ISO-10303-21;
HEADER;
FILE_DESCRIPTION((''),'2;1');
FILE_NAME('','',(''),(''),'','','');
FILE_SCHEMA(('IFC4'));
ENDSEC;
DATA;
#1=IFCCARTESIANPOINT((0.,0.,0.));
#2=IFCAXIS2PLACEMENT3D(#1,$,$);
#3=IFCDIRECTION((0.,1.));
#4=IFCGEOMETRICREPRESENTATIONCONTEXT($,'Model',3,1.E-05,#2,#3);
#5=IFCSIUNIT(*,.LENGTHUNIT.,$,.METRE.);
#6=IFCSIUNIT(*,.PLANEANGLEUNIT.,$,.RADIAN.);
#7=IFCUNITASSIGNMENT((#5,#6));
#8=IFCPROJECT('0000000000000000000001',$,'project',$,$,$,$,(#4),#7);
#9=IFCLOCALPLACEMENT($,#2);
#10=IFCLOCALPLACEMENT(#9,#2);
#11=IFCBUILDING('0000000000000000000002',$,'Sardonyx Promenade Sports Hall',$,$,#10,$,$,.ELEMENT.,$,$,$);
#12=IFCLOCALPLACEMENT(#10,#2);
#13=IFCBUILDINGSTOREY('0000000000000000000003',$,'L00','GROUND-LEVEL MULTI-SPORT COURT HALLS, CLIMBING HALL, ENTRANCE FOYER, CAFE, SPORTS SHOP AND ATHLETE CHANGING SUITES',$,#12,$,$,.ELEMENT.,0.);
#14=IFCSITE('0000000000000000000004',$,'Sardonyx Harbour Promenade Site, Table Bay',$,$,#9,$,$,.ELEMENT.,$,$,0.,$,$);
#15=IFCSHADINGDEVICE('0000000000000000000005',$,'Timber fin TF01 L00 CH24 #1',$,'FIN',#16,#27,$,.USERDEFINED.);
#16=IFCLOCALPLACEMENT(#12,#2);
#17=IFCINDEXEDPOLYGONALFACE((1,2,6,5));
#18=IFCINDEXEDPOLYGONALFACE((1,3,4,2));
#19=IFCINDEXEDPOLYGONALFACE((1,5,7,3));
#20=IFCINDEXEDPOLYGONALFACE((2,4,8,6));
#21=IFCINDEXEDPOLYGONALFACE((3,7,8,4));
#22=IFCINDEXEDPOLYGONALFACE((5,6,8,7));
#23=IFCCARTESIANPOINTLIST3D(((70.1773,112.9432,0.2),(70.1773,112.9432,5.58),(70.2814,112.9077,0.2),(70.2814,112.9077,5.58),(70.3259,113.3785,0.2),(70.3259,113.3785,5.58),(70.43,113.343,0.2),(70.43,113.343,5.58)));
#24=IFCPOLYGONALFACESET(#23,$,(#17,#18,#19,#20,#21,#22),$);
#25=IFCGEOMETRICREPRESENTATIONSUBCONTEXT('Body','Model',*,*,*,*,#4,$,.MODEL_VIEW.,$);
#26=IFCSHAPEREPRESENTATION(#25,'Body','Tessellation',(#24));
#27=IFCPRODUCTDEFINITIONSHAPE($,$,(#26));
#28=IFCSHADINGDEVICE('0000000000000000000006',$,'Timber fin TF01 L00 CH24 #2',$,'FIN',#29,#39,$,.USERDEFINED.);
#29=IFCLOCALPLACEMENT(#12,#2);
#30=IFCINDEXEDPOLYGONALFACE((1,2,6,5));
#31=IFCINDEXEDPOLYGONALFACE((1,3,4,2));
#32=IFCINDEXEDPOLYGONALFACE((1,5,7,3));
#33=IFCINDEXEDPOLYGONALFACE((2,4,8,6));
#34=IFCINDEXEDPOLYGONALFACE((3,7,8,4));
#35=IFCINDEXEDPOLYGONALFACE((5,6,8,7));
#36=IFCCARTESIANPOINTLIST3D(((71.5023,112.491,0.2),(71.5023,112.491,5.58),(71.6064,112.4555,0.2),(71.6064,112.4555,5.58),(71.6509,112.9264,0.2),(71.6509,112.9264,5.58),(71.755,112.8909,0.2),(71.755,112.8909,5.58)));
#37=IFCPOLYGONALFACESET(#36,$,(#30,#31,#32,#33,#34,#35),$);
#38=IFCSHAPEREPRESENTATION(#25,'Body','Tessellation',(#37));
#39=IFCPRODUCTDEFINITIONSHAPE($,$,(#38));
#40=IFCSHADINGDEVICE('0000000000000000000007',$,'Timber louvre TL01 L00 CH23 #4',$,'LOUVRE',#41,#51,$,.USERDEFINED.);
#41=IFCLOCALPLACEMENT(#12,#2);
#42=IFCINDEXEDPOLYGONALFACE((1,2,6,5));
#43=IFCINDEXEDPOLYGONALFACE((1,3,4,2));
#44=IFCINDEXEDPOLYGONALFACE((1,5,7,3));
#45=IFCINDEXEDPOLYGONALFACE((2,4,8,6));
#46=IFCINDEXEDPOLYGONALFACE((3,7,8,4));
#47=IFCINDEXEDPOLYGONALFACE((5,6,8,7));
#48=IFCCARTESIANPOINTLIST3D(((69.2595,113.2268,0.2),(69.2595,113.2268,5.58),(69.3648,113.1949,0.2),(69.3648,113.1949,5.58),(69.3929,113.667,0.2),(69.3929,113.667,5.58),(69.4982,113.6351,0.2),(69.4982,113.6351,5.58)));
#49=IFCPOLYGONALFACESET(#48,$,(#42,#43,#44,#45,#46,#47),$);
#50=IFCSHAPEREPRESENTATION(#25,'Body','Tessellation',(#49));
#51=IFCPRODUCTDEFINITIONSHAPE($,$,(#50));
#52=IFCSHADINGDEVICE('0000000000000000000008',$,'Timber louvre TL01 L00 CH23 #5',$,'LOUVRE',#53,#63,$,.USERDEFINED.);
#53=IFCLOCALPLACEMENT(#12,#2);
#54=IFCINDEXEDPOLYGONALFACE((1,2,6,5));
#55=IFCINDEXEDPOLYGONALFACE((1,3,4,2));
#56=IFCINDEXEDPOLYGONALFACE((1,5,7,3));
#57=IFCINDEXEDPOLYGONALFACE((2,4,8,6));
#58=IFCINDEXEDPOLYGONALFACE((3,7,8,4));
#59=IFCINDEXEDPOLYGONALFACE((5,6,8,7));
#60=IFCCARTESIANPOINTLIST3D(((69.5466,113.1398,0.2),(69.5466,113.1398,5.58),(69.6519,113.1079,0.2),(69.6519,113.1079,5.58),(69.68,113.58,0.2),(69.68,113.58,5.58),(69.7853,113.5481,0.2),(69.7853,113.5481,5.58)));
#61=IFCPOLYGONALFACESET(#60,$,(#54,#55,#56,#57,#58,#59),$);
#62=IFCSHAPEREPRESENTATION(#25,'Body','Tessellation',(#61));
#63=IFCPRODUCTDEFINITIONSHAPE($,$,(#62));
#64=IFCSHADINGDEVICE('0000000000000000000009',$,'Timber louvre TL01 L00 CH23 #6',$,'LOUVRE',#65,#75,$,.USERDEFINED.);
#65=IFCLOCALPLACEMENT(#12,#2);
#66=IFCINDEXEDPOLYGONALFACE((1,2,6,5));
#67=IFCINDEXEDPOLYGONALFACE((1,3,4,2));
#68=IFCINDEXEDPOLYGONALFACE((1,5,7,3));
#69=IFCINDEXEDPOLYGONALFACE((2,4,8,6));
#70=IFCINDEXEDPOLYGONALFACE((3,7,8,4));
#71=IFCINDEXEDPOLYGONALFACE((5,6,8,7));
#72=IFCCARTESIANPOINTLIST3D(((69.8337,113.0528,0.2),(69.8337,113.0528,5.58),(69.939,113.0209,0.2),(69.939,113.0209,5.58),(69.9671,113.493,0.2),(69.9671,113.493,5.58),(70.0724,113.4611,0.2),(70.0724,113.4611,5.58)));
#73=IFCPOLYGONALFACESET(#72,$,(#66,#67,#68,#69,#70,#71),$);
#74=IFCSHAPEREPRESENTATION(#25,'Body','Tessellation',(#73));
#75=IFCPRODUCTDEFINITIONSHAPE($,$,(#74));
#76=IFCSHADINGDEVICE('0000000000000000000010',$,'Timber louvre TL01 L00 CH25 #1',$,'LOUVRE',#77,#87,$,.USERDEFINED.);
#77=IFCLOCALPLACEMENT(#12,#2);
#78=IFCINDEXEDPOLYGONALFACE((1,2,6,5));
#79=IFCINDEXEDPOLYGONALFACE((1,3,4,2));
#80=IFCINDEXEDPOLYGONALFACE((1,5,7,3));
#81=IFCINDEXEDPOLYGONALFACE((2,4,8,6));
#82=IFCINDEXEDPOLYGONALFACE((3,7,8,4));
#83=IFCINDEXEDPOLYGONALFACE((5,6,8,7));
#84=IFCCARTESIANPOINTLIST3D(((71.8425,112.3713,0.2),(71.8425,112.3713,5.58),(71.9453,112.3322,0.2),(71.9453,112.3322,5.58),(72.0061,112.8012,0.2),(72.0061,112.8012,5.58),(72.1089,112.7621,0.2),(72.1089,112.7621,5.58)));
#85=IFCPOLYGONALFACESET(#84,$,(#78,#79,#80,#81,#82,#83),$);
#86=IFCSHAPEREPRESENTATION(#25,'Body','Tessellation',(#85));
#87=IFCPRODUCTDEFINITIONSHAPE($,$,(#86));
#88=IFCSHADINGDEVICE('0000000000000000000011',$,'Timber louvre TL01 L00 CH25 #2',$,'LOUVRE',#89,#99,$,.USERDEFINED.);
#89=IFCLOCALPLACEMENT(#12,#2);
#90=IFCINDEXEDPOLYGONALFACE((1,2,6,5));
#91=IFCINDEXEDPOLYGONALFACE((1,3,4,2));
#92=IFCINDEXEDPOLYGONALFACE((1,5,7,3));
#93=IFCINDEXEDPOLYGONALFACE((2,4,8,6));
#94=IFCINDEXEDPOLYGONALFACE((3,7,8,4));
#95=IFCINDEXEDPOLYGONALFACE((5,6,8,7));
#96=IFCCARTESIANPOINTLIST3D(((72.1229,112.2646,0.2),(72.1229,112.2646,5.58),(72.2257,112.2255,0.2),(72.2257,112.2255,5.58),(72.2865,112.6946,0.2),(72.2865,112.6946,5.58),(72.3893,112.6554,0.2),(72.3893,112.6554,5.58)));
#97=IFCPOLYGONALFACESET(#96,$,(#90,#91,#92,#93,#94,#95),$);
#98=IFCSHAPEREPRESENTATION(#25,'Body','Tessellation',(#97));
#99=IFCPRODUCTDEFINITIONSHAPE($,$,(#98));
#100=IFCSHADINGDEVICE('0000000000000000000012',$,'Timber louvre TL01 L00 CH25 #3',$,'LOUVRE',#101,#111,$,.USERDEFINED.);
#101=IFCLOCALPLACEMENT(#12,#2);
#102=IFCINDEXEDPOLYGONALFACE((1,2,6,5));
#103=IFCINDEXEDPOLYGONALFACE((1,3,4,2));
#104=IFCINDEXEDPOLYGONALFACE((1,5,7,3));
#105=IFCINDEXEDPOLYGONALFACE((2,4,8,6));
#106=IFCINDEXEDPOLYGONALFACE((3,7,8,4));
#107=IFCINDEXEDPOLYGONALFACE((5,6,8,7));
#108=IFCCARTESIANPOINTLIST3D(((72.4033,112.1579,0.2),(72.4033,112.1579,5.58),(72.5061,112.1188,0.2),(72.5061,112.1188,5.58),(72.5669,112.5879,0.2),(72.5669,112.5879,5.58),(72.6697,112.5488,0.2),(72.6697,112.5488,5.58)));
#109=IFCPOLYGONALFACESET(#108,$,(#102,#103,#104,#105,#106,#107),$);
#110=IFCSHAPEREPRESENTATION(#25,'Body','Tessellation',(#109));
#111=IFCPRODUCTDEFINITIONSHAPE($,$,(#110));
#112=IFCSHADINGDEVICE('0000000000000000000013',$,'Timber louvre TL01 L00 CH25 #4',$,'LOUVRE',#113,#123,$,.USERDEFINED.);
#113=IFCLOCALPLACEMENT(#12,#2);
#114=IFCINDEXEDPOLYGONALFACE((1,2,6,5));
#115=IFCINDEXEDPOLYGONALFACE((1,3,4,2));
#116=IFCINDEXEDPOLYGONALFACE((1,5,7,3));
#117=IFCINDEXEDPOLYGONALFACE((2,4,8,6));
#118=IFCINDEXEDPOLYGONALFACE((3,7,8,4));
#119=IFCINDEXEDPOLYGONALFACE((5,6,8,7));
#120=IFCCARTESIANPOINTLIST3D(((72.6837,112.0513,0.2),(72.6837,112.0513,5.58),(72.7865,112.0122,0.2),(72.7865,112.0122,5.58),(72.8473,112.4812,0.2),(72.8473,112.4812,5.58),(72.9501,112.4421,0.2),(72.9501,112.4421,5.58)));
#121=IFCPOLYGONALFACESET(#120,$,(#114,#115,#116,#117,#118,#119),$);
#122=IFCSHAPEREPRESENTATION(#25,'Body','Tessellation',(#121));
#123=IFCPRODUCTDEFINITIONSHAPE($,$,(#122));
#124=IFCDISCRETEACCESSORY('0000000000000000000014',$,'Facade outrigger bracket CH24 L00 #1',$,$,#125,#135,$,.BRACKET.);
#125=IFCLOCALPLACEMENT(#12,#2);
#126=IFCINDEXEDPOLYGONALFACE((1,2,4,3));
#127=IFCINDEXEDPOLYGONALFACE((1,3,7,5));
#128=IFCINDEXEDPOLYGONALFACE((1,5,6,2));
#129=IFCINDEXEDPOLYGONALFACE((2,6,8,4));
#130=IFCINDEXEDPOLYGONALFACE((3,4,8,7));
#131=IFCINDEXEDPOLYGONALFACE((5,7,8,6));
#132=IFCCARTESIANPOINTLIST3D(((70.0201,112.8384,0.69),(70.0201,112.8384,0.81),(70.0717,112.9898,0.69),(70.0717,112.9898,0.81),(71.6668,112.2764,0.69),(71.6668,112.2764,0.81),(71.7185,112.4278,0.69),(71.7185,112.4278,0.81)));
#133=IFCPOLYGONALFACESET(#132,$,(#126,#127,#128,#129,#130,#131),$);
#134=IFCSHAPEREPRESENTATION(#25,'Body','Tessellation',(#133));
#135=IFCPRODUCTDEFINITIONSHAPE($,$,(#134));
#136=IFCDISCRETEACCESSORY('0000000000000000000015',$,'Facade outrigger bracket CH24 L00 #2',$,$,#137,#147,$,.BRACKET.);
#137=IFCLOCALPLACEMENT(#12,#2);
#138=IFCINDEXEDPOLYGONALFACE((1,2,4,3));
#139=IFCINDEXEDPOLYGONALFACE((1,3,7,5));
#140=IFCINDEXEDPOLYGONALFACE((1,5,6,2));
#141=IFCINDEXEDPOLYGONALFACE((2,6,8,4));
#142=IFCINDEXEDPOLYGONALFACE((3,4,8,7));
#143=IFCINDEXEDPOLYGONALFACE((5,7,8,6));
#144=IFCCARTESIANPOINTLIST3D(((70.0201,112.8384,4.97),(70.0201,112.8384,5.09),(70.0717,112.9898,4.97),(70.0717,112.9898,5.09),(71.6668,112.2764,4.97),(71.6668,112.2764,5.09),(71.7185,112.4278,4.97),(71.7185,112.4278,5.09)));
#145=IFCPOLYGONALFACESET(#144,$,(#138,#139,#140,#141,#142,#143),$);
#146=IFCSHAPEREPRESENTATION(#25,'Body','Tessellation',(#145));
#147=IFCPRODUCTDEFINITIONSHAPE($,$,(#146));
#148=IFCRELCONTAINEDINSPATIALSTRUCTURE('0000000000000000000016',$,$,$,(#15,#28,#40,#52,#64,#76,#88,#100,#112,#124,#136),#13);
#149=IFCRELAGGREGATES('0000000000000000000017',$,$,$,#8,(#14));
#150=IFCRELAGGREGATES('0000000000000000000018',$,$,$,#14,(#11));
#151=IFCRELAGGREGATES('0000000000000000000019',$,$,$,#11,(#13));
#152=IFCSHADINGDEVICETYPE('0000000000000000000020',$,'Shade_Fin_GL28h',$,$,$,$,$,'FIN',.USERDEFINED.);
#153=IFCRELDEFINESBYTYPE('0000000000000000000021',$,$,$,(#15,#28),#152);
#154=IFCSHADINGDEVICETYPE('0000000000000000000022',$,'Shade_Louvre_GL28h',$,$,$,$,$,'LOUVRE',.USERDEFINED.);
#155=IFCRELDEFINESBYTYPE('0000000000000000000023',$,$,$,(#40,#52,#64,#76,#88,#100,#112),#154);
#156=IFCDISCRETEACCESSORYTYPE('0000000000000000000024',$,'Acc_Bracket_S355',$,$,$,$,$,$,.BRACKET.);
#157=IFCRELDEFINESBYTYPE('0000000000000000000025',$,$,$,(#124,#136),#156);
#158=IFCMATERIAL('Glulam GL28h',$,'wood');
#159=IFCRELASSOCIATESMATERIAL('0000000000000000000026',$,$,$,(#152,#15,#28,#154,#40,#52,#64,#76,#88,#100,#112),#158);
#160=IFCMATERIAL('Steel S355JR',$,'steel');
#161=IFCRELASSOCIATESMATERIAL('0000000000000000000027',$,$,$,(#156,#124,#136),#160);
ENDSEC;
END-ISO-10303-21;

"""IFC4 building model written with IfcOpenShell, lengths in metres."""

from ifc_helpers import new_model, si_unit, direction, frame, origin, place, context, subcontext, project, spatial, rectangle, extrude, material, type_object, element, save


model = new_model("IFC4")

# Units and contexts
model_context = context("Model", 3, precision=1e-05, world=origin(), true_north=direction((0.0, 1.0)))
body_context = subcontext(model_context, "Body", "Model", "MODEL_VIEW")
ifc_project = project(units=[si_unit("LENGTHUNIT", "METRE"), si_unit("PLANEANGLEUNIT", "RADIAN")], contexts=[model_context])

# Site, building, storey
site_placement = place(None, origin())
site = spatial("IfcSite", under=ifc_project, at=site_placement, Name="Sardonyx Harbour Promenade Site, Table Bay", CompositionType="ELEMENT", RefElevation=0.0)
building_placement = place(site_placement, origin())
building = spatial("IfcBuilding", under=site, at=building_placement, Name="Sardonyx Promenade Sports Hall", CompositionType="ELEMENT")
storey_placement = place(building_placement, origin())
storey = spatial("IfcBuildingStorey", under=building, at=storey_placement, Name="L00", Description="GROUND-LEVEL MULTI-SPORT COURT HALLS, CLIMBING HALL, ENTRANCE FOYER, CAFE, SPORTS SHOP AND ATHLETE CHANGING SUITES", CompositionType="ELEMENT", Elevation=0.0)

# Shading devices
ifc_material_1 = material(Name="Glulam GL28h", Category="wood")
shading_device_type_1 = type_object("IfcShadingDeviceType", Name="Shade_Fin_GL28h", ElementType="FIN", PredefinedType="USERDEFINED", material=ifc_material_1)
for number, where, z_axis, x_axis, name in (
    (1, (70.3037, 113.1431, 0.2), (0.0, 0.0, 1.0), (0.946411, -0.322966, 0.0), "Timber fin TF01 L00 CH24 #1"),
    (2, (71.6286, 112.6909, 0.2), (0.0, 0.0, 1.0), (0.946411, -0.322966, 0.0), "Timber fin TF01 L00 CH24 #2"),
):
    element("IfcShadingDevice", number, at=place(storey_placement, frame(where, z_axis=z_axis, x_axis=x_axis)), inside=storey, type_object=shading_device_type_1, material=ifc_material_1, Name=name, ObjectType="FIN", PredefinedType="USERDEFINED", context=body_context, shape_type="SweptSolid", body=[
        extrude(rectangle(XDim=0.11, YDim=0.46), origin(), (0.0, 0.0, 1.0), 5.38),
    ])
shading_device_type_2 = type_object("IfcShadingDeviceType", Name="Shade_Louvre_GL28h", ElementType="LOUVRE", PredefinedType="USERDEFINED", material=ifc_material_1)
for number, where, z_axis, x_axis, name in (
    (3, (69.3788, 113.4309, 0.2), (0.0, 0.0, 1.0), (0.957021, -0.290017, 0.0), "Timber louvre TL01 L00 CH23 #4"),
    (4, (69.6659, 113.3439, 0.2), (0.0, 0.0, 1.0), (0.957021, -0.290017, 0.0), "Timber louvre TL01 L00 CH23 #5"),
    (5, (69.953, 113.2569, 0.2), (0.0, 0.0, 1.0), (0.957021, -0.290017, 0.0), "Timber louvre TL01 L00 CH23 #6"),
    (6, (71.9757, 112.5667, 0.2), (0.0, 0.0, 1.0), (0.934666, -0.355528, 0.0), "Timber louvre TL01 L00 CH25 #1"),
    (7, (72.2561, 112.46, 0.2), (0.0, 0.0, 1.0), (0.934666, -0.355528, 0.0), "Timber louvre TL01 L00 CH25 #2"),
    (8, (72.5365, 112.3534, 0.2), (0.0, 0.0, 1.0), (0.934666, -0.355528, 0.0), "Timber louvre TL01 L00 CH25 #3"),
    (9, (72.8169, 112.2467, 0.2), (0.0, 0.0, 1.0), (0.934666, -0.355528, 0.0), "Timber louvre TL01 L00 CH25 #4"),
):
    element("IfcShadingDevice", number, at=place(storey_placement, frame(where, z_axis=z_axis, x_axis=x_axis)), inside=storey, type_object=shading_device_type_2, material=ifc_material_1, Name=name, ObjectType="LOUVRE", PredefinedType="USERDEFINED", context=body_context, shape_type="SweptSolid", body=[
        extrude(rectangle(XDim=0.11, YDim=0.46), origin(), (0.0, 0.0, 1.0), 5.38),
    ])

# Discrete accessories
ifc_material_2 = material(Name="Steel S355JR", Category="steel")
discrete_accessory_type = type_object("IfcDiscreteAccessoryType", Name="Acc_Bracket_S355", PredefinedType="BRACKET", material=ifc_material_2)
for number, where, z_axis, x_axis, name in (
    (10, (70.8693, 112.6331, 0.69), (0.0, 0.0, 1.0), (0.946411, -0.322966, 0.0), "Facade outrigger bracket CH24 L00 #1"),
    (11, (70.8693, 112.6331, 4.97), (0.0, 0.0, 1.0), (0.946411, -0.322966, 0.0), "Facade outrigger bracket CH24 L00 #2"),
):
    element("IfcDiscreteAccessory", number, at=place(storey_placement, frame(where, z_axis=z_axis, x_axis=x_axis)), inside=storey, type_object=discrete_accessory_type, material=ifc_material_2, Name=name, PredefinedType="BRACKET", context=body_context, shape_type="SweptSolid", body=[
        extrude(rectangle(XDim=1.74, YDim=0.16), origin(), (0.0, 0.0, 1.0), 0.12),
    ])

save(model, "model.ifc")
